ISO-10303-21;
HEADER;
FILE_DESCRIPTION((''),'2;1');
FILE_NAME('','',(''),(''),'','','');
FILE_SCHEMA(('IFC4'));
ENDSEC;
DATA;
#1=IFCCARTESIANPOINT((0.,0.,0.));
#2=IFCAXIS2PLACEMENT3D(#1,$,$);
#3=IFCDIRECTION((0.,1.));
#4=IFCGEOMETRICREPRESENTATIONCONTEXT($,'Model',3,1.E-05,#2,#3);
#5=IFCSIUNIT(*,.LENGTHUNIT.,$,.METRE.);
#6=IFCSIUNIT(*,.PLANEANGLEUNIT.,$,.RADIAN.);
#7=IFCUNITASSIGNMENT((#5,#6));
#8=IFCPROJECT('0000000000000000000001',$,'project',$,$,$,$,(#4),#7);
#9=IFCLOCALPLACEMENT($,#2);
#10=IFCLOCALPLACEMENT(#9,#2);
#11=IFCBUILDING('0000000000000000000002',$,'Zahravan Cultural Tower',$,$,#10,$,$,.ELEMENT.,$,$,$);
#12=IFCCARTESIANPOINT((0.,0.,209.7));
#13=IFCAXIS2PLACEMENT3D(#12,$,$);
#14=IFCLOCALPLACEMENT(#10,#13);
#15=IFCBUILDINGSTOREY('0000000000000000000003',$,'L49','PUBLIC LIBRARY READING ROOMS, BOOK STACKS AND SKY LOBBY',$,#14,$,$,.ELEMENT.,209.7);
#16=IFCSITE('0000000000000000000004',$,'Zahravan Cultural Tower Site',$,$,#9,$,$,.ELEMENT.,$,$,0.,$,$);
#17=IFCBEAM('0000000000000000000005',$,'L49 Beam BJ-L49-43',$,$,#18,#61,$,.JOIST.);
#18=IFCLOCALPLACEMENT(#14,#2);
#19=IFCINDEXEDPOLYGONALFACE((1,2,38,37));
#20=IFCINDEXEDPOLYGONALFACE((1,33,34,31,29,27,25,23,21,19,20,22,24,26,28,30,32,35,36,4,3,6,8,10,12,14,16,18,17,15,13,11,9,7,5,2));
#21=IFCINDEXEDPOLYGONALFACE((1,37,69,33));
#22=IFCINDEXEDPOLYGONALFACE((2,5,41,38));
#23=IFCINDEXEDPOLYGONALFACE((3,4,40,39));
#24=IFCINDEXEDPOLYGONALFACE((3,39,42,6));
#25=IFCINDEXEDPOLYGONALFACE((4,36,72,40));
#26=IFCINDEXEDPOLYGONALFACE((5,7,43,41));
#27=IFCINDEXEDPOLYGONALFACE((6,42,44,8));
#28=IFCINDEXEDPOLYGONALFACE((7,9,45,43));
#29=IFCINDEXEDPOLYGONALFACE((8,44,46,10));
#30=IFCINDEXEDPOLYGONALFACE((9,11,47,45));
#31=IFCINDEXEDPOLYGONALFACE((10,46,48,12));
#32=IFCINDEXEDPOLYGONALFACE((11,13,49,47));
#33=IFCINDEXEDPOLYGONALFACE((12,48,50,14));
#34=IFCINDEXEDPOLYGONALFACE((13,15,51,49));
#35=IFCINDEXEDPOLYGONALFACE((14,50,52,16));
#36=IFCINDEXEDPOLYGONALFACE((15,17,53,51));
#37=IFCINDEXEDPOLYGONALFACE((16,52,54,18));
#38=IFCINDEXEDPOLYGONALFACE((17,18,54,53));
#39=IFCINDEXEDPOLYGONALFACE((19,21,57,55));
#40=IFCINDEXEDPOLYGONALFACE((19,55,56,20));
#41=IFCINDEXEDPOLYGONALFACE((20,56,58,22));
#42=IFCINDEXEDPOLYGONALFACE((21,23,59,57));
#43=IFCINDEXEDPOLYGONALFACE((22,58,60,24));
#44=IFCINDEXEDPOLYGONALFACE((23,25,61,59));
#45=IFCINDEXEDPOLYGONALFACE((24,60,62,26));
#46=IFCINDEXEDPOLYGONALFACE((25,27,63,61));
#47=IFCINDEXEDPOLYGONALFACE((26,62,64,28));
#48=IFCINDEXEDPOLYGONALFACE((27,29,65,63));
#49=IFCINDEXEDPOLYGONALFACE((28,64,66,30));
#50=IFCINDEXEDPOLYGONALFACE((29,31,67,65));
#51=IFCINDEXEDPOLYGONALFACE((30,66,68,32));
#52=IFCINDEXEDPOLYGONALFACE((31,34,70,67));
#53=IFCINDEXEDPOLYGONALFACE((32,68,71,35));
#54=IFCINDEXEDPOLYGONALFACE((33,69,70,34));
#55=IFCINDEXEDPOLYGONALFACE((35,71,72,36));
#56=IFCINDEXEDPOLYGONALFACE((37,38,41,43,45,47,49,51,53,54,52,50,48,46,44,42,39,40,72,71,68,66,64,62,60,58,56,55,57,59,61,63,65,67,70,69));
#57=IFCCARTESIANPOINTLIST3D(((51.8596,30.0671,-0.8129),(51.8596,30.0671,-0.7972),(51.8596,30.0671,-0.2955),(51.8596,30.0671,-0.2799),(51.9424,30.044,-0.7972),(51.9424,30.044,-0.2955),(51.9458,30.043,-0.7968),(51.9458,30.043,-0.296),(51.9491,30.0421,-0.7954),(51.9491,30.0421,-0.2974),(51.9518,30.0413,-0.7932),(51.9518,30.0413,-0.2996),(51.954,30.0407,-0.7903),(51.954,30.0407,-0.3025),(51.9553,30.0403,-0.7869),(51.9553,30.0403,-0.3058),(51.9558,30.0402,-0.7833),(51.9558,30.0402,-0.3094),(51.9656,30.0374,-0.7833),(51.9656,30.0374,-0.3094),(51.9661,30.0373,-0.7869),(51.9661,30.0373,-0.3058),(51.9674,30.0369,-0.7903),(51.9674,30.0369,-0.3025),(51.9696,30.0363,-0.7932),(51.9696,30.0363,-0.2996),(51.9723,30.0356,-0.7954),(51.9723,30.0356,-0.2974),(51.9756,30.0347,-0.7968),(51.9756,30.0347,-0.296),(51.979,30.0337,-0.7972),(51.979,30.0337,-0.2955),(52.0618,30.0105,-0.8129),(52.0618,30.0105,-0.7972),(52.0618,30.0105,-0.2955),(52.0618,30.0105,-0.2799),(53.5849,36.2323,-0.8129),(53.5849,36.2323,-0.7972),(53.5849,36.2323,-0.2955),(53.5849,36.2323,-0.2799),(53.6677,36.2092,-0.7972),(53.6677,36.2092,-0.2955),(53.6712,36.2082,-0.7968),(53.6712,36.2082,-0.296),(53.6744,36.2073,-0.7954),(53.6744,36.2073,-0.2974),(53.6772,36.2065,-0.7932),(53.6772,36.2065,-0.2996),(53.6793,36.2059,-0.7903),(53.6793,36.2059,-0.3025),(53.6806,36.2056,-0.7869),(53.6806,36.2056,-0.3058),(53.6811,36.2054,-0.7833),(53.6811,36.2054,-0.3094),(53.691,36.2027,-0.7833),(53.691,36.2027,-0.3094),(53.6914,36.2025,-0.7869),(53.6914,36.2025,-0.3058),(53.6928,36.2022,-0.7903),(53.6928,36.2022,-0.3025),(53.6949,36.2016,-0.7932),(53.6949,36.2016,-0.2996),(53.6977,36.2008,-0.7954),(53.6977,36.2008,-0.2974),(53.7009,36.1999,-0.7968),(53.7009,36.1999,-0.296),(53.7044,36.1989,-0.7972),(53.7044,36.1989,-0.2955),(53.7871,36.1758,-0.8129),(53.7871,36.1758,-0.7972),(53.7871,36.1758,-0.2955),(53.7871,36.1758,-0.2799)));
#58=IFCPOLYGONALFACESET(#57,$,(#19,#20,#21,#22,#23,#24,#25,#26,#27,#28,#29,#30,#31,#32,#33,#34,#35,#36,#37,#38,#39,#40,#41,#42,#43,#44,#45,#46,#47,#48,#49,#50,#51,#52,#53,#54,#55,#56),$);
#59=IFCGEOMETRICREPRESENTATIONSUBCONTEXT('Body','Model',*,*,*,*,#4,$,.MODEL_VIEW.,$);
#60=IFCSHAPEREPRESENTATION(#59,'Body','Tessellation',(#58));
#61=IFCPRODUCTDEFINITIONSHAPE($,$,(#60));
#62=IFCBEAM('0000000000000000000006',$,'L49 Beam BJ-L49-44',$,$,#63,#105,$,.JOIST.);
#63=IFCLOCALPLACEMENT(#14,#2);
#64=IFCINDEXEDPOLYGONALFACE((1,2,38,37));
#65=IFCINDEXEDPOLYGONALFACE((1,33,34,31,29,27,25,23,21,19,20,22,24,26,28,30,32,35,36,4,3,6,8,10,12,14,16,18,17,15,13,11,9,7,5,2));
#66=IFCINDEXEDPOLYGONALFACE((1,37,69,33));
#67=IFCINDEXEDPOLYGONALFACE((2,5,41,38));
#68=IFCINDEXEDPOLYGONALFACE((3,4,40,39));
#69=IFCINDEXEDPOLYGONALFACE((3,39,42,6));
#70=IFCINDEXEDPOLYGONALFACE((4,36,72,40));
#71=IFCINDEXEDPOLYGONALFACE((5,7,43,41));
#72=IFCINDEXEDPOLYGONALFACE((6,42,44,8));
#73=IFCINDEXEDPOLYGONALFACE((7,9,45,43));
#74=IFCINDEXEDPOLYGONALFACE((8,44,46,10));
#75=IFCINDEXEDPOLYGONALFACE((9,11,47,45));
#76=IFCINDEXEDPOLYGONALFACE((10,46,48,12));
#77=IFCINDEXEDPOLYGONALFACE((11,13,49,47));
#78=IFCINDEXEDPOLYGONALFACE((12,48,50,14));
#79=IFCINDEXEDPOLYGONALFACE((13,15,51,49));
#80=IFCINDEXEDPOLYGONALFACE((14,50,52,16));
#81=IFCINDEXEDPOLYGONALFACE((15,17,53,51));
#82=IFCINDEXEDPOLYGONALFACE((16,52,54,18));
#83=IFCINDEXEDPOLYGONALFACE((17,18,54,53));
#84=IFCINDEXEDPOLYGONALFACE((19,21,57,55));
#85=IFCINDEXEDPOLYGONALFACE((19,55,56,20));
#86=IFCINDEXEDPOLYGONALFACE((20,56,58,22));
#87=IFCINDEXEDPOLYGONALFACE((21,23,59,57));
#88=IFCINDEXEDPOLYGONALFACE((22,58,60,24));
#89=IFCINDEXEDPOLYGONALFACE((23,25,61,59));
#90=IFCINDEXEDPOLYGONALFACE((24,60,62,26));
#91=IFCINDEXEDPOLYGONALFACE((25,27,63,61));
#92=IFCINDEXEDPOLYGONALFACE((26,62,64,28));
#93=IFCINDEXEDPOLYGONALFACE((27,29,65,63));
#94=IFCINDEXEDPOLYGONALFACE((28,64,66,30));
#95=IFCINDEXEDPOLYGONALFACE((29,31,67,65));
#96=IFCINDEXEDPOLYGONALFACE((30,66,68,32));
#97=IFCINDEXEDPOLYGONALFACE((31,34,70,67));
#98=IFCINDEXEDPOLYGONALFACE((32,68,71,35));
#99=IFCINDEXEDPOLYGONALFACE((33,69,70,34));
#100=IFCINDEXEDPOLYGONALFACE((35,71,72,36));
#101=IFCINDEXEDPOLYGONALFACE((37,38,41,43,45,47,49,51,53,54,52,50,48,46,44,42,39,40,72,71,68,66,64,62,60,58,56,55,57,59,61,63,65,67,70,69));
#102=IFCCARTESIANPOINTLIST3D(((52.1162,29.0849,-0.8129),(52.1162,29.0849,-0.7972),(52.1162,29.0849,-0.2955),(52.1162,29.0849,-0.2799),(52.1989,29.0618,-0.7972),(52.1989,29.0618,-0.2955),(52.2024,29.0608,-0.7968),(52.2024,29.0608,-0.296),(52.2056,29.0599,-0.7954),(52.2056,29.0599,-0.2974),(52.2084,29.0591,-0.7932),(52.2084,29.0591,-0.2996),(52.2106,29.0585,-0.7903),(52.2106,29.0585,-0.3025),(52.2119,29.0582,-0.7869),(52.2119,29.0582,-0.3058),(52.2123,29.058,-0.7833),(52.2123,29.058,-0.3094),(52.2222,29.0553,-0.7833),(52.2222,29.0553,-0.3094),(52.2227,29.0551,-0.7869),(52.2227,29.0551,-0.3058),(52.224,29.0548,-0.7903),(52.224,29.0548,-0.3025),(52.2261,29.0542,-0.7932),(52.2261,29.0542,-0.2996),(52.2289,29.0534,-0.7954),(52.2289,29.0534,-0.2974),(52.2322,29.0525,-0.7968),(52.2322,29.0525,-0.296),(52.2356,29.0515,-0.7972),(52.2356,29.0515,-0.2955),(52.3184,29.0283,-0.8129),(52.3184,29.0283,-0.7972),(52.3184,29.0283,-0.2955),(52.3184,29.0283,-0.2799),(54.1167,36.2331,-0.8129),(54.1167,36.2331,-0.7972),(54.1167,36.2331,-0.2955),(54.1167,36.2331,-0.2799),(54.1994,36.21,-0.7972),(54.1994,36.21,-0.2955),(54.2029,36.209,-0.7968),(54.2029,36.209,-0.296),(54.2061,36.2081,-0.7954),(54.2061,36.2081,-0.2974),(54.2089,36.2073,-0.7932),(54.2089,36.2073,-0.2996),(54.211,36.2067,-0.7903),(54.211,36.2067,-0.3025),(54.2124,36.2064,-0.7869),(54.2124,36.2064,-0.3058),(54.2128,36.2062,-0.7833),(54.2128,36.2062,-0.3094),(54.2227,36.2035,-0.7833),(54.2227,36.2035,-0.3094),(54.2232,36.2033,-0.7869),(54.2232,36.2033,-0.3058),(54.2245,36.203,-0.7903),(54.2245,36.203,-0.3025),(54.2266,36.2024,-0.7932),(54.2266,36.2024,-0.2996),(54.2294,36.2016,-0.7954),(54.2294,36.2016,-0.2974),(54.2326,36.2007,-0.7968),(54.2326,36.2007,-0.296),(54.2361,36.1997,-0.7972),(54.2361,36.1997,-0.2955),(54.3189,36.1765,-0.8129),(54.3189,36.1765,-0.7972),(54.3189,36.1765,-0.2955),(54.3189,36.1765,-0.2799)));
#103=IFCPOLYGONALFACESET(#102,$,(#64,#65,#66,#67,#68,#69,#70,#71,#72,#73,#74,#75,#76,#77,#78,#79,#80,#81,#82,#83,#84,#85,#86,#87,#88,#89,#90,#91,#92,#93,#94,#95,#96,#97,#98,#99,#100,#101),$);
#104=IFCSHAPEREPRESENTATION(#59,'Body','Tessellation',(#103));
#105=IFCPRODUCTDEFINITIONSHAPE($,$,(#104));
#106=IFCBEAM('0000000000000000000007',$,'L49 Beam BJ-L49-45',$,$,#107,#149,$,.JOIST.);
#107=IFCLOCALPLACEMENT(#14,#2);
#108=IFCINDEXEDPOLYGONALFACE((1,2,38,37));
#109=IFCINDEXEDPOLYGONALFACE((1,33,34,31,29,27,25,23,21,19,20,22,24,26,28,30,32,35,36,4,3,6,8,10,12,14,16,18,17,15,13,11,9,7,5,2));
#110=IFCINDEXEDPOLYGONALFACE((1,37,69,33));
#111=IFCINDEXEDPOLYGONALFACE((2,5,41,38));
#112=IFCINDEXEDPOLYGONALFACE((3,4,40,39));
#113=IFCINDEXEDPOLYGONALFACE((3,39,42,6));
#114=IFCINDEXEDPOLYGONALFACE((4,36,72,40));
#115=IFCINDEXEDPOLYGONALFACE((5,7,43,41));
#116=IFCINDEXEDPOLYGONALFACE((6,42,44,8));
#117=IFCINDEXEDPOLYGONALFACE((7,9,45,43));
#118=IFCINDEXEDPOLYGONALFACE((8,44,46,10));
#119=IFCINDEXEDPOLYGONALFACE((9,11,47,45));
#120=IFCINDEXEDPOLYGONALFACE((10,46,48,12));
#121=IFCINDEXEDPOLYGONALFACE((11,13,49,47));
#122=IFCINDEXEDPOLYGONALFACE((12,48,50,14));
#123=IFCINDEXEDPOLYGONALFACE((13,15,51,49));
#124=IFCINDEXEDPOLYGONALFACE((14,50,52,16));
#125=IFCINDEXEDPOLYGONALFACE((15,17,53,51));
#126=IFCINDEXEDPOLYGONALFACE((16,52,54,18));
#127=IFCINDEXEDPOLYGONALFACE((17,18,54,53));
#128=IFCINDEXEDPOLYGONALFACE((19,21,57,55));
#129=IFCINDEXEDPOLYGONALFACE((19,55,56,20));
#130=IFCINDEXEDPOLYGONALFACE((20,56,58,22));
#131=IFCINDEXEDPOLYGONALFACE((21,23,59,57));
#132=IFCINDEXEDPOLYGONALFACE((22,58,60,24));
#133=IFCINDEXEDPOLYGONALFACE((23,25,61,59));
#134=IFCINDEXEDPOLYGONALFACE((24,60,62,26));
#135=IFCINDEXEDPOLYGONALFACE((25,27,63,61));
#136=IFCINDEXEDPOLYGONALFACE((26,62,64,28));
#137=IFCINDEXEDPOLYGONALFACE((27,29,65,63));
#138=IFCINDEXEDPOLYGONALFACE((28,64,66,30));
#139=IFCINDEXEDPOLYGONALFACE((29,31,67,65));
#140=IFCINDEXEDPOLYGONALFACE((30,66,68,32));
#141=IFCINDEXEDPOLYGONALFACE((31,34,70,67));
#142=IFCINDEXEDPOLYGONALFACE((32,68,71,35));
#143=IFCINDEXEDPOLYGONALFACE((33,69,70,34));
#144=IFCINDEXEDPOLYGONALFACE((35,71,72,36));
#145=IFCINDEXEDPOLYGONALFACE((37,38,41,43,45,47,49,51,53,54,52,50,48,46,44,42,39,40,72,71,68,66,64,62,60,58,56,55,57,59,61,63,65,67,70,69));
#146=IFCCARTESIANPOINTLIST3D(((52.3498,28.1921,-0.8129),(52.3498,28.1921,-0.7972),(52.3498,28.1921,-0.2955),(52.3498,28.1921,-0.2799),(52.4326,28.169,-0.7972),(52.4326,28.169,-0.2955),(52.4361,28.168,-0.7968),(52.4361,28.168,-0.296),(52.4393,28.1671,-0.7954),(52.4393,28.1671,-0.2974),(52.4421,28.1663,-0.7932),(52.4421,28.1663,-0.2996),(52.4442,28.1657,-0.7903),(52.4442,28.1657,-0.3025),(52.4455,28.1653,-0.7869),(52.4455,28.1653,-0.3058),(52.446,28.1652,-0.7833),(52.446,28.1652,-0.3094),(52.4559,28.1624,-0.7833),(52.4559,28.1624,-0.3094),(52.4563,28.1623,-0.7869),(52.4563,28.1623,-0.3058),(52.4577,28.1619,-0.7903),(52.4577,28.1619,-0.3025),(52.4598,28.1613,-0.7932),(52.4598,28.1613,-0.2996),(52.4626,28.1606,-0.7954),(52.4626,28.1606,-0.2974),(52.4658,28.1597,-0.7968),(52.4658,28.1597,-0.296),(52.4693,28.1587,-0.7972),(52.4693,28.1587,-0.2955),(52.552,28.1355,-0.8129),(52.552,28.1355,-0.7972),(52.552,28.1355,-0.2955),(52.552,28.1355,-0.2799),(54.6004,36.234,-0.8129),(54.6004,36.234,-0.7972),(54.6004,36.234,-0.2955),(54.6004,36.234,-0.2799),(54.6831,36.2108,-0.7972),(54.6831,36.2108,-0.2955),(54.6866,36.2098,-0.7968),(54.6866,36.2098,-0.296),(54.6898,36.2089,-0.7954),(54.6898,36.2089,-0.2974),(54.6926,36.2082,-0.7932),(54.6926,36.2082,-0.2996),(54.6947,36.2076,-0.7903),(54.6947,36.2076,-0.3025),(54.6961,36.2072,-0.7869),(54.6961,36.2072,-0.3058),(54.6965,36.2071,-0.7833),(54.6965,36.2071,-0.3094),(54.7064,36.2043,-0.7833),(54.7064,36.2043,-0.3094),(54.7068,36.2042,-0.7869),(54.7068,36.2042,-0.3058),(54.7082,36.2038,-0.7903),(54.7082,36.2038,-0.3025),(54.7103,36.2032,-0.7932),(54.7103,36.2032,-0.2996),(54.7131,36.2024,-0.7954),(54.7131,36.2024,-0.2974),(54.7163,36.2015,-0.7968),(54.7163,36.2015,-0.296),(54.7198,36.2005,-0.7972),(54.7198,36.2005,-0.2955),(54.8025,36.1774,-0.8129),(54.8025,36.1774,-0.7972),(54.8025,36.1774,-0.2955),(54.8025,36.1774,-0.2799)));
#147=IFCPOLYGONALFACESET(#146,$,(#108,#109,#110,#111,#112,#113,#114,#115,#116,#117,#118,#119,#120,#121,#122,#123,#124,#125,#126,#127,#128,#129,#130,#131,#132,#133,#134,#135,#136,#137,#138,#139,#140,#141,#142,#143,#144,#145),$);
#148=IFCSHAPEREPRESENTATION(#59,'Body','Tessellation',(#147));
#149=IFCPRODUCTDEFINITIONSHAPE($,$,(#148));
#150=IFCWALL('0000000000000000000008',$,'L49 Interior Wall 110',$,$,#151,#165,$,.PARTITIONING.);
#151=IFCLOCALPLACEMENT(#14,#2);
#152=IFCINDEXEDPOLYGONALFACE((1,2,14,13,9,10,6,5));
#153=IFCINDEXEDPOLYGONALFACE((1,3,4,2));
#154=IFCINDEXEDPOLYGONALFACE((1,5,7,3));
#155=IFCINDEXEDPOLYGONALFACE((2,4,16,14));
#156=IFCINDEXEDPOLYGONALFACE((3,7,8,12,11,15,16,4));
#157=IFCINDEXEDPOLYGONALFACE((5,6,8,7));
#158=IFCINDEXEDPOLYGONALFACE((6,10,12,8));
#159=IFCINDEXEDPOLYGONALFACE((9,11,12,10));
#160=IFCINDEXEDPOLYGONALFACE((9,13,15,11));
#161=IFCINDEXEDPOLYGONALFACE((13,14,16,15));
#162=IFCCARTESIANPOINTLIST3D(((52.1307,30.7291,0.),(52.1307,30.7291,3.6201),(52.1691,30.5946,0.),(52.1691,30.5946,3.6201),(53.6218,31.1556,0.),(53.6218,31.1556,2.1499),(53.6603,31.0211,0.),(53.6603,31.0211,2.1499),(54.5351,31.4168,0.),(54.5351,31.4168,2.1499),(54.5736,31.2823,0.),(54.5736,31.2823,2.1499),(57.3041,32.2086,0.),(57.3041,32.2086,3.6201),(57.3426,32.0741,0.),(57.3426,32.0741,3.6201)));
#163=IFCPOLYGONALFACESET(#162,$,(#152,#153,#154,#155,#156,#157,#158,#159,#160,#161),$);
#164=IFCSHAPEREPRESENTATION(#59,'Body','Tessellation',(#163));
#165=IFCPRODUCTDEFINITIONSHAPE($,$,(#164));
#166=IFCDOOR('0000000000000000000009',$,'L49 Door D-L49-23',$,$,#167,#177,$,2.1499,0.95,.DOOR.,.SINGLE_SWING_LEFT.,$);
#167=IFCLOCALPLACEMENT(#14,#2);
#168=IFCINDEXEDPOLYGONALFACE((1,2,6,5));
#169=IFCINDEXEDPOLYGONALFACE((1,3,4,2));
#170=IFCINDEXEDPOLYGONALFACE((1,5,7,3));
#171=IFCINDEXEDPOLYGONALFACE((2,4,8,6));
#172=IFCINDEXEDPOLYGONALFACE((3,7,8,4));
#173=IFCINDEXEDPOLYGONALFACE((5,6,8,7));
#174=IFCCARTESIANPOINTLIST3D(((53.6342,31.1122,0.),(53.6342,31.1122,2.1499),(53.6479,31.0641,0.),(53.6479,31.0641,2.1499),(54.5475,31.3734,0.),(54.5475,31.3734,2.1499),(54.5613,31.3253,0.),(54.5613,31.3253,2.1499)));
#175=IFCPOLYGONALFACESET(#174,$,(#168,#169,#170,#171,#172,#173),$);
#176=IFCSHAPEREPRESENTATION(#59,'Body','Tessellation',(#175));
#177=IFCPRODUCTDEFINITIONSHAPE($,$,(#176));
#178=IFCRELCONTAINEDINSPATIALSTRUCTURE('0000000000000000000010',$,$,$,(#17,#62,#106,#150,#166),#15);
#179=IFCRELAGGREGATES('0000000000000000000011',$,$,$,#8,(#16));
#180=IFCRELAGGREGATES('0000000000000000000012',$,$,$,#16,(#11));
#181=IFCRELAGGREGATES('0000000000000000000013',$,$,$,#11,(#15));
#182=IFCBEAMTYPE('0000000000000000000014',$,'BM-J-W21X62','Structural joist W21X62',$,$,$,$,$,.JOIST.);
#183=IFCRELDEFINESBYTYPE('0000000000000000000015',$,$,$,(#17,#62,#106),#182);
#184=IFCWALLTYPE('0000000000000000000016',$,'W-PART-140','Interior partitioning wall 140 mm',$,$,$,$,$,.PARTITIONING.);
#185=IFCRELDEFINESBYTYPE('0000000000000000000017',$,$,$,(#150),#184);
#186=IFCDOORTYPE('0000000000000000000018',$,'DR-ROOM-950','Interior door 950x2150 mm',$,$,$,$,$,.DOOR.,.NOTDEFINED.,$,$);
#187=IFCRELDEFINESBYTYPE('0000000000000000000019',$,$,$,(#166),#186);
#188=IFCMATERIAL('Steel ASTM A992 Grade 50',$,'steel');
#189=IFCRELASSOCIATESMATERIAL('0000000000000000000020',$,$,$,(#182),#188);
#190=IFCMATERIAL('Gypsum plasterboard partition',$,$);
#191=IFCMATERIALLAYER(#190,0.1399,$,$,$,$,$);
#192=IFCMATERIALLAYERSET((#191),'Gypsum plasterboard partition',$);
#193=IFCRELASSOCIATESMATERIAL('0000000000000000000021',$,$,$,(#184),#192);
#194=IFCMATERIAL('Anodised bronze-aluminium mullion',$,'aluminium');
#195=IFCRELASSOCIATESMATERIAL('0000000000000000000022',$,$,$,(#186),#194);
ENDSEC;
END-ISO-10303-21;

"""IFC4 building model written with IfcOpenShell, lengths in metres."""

from ifc_helpers import new_model, si_unit, direction, frame, frame_2d, origin, origin_2d, place, context, subcontext, project, spatial, rectangle, i_section, extrude, source, transform, mapped, material, layer, layer_set, material_profile, profile_set, type_object, element, fill, save


model = new_model("IFC4")

# Units and contexts
model_context = context("Model", 3, precision=1e-05, world=origin(), true_north=direction((0.0, 1.0)))
body_context = subcontext(model_context, "Body", "Model", "MODEL_VIEW")
ifc_project = project(units=[si_unit("LENGTHUNIT", "METRE"), si_unit("PLANEANGLEUNIT", "RADIAN")], contexts=[model_context])

# Site, building, storey
site_placement = place(None, origin())
site = spatial("IfcSite", under=ifc_project, at=site_placement, Name="Zahravan Cultural Tower Site", CompositionType="ELEMENT", RefElevation=0.0)
building_placement = place(site_placement, origin())
building = spatial("IfcBuilding", under=site, at=building_placement, Name="Zahravan Cultural Tower", CompositionType="ELEMENT")
storey_placement = place(building_placement, frame((0.0, 0.0, 209.7)))
storey = spatial("IfcBuildingStorey", under=building, at=storey_placement, Name="L49", Description="PUBLIC LIBRARY READING ROOMS, BOOK STACKS AND SKY LOBBY", CompositionType="ELEMENT", Elevation=209.7)

# Shared definitions
ifc_material_1 = material(Name="Steel ASTM A992 Grade 50", Category="steel")

# Beams
ifc_material_profile_1 = material_profile(ifc_material_1, i_section(OverallWidth=0.21, OverallDepth=0.533, WebThickness=0.0103, FlangeThickness=0.0156, FilletRadius=0.0139, at=origin_2d()), Name="W21X62")
ifc_profile_set_1 = profile_set([ifc_material_profile_1], Name="Steel ASTM A992 Grade 50")
beam_type_1 = type_object("IfcBeamType", Name="BM-J-W21X62", Description="Structural joist W21X62", PredefinedType="JOIST", material=ifc_profile_set_1)
shared_shape_1 = source(origin(), body_context, "Body", "SweptSolid", [
    extrude(i_section(OverallWidth=0.21, OverallDepth=0.533, WebThickness=0.0103, FlangeThickness=0.0156, FilletRadius=0.0139, at=origin_2d()), origin(), (0.0, 0.0, 1.0), 6.4021),
])
beam_1_placement = place(storey_placement, frame((51.9607, 30.0388, -0.5464), z_axis=(0.269494, 0.963002, 0.0), x_axis=(-0.963002, 0.269494, 0.0)))
element("IfcBeam", 1, at=beam_1_placement, inside=storey, type_object=beam_type_1, Name="L49 Beam BJ-L49-43", PredefinedType="JOIST", context=body_context, shape_type="MappedRepresentation", body=[
    mapped(shared_shape_1, transform((0.0, 0.0, 0.0), x_axis=(1.0, 0.0, 0.0), y_axis=(0.0, 1.0, 0.0), z_axis=(0.0, 0.0, 1.0), scale=1.0)),
])
shared_shape_2 = source(origin(), body_context, "Body", "SweptSolid", [
    extrude(i_section(OverallWidth=0.21, OverallDepth=0.533, WebThickness=0.0103, FlangeThickness=0.0156, FilletRadius=0.0139, at=origin_2d()), origin(), (0.0, 0.0, 1.0), 7.4229),
])
beam_2_placement = place(storey_placement, frame((52.2173, 29.0566, -0.5464), z_axis=(0.269504, 0.962999, 0.0), x_axis=(-0.962999, 0.269504, 0.0)))
element("IfcBeam", 2, at=beam_2_placement, inside=storey, type_object=beam_type_1, Name="L49 Beam BJ-L49-44", PredefinedType="JOIST", context=body_context, shape_type="MappedRepresentation", body=[
    mapped(shared_shape_2, transform((0.0, 0.0, 0.0), x_axis=(1.0, 0.0, 0.0), y_axis=(0.0, 1.0, 0.0), z_axis=(0.0, 0.0, 1.0), scale=1.0)),
])
shared_shape_3 = source(origin(), body_context, "Body", "SweptSolid", [
    extrude(i_section(OverallWidth=0.21, OverallDepth=0.533, WebThickness=0.0103, FlangeThickness=0.0156, FilletRadius=0.0139, at=origin_2d()), origin(), (0.0, 0.0, 1.0), 8.3508),
])
beam_3_placement = place(storey_placement, frame((52.4509, 28.1638, -0.5464), z_axis=(0.269497, 0.963001, 0.0), x_axis=(-0.963001, 0.269497, 0.0)))
element("IfcBeam", 3, at=beam_3_placement, inside=storey, type_object=beam_type_1, Name="L49 Beam BJ-L49-45", PredefinedType="JOIST", context=body_context, shape_type="MappedRepresentation", body=[
    mapped(shared_shape_3, transform((0.0, 0.0, 0.0), x_axis=(1.0, 0.0, 0.0), y_axis=(0.0, 1.0, 0.0), z_axis=(0.0, 0.0, 1.0), scale=1.0)),
])

# Wall, opening, door
ifc_material_2 = material(Name="Gypsum plasterboard partition")
ifc_layer_1 = layer(ifc_material_2, 0.1399)
ifc_layer_set_1 = layer_set([ifc_layer_1], Name="Gypsum plasterboard partition")
wall_type_1 = type_object("IfcWallType", Name="W-PART-140", Description="Interior partitioning wall 140 mm", PredefinedType="PARTITIONING", material=ifc_layer_set_1)
wall_1_placement = place(storey_placement, frame((52.1499, 30.6619, 0.0), z_axis=(0.0, 0.0, 1.0), x_axis=(0.961455, 0.274961, 0.0)))
wall_1 = element("IfcWall", 4, at=wall_1_placement, inside=storey, type_object=wall_type_1, Name="L49 Interior Wall 110", PredefinedType="PARTITIONING", context=body_context, shape_type="SweptSolid", body=[
    extrude(rectangle(XDim=5.3809, YDim=0.1399, at=frame_2d((2.6904, 0.0))), origin(), (0.0, 0.0, 1.0), 3.6201),
])
opening_1_placement = place(wall_1_placement, frame((1.5508, 0.0, 0.0)))
opening_1 = element("IfcOpeningElement", 5, at=opening_1_placement, cuts=wall_1, PredefinedType="OPENING", context=body_context, shape_type="SweptSolid", body=[
    extrude(rectangle(XDim=0.95, YDim=2.1499, at=frame_2d((0.4751, 1.075))), frame((0.0, 0.0798, 0.0), z_axis=(0.0, -1.0, 0.0), x_axis=(1.0, 0.0, 0.0)), (0.0, 0.0, 1.0), 0.1599),
])
ifc_material_3 = material(Name="Anodised bronze-aluminium mullion", Category="aluminium")
door_type = type_object("IfcDoorType", Name="DR-ROOM-950", Description="Interior door 950x2150 mm", OperationType="NOTDEFINED", PredefinedType="DOOR", material=ifc_material_3)
shared_shape_4 = source(origin(), body_context, "Body", "SweptSolid", [
    extrude(rectangle(XDim=0.95, YDim=2.1499, at=frame_2d((0.4751, 1.075))), frame((0.0, 0.0249, 0.0), z_axis=(0.0, -1.0, 0.0), x_axis=(1.0, 0.0, 0.0)), (0.0, 0.0, 1.0), 0.05),
])
door_1_placement = place(opening_1_placement, origin())
door_1 = element("IfcDoor", 6, at=door_1_placement, inside=storey, type_object=door_type, Name="L49 Door D-L49-23", OperationType="SINGLE_SWING_LEFT", OverallHeight=2.1499, OverallWidth=0.95, PredefinedType="DOOR", context=body_context, shape_type="MappedRepresentation", body=[
    mapped(shared_shape_4, transform((0.0, 0.0, 0.0), x_axis=(1.0, 0.0, 0.0), y_axis=(0.0, 1.0, 0.0), z_axis=(0.0, 0.0, 1.0), scale=1.0)),
])
fill(opening_1, door_1)

save(model, "model.ifc")
